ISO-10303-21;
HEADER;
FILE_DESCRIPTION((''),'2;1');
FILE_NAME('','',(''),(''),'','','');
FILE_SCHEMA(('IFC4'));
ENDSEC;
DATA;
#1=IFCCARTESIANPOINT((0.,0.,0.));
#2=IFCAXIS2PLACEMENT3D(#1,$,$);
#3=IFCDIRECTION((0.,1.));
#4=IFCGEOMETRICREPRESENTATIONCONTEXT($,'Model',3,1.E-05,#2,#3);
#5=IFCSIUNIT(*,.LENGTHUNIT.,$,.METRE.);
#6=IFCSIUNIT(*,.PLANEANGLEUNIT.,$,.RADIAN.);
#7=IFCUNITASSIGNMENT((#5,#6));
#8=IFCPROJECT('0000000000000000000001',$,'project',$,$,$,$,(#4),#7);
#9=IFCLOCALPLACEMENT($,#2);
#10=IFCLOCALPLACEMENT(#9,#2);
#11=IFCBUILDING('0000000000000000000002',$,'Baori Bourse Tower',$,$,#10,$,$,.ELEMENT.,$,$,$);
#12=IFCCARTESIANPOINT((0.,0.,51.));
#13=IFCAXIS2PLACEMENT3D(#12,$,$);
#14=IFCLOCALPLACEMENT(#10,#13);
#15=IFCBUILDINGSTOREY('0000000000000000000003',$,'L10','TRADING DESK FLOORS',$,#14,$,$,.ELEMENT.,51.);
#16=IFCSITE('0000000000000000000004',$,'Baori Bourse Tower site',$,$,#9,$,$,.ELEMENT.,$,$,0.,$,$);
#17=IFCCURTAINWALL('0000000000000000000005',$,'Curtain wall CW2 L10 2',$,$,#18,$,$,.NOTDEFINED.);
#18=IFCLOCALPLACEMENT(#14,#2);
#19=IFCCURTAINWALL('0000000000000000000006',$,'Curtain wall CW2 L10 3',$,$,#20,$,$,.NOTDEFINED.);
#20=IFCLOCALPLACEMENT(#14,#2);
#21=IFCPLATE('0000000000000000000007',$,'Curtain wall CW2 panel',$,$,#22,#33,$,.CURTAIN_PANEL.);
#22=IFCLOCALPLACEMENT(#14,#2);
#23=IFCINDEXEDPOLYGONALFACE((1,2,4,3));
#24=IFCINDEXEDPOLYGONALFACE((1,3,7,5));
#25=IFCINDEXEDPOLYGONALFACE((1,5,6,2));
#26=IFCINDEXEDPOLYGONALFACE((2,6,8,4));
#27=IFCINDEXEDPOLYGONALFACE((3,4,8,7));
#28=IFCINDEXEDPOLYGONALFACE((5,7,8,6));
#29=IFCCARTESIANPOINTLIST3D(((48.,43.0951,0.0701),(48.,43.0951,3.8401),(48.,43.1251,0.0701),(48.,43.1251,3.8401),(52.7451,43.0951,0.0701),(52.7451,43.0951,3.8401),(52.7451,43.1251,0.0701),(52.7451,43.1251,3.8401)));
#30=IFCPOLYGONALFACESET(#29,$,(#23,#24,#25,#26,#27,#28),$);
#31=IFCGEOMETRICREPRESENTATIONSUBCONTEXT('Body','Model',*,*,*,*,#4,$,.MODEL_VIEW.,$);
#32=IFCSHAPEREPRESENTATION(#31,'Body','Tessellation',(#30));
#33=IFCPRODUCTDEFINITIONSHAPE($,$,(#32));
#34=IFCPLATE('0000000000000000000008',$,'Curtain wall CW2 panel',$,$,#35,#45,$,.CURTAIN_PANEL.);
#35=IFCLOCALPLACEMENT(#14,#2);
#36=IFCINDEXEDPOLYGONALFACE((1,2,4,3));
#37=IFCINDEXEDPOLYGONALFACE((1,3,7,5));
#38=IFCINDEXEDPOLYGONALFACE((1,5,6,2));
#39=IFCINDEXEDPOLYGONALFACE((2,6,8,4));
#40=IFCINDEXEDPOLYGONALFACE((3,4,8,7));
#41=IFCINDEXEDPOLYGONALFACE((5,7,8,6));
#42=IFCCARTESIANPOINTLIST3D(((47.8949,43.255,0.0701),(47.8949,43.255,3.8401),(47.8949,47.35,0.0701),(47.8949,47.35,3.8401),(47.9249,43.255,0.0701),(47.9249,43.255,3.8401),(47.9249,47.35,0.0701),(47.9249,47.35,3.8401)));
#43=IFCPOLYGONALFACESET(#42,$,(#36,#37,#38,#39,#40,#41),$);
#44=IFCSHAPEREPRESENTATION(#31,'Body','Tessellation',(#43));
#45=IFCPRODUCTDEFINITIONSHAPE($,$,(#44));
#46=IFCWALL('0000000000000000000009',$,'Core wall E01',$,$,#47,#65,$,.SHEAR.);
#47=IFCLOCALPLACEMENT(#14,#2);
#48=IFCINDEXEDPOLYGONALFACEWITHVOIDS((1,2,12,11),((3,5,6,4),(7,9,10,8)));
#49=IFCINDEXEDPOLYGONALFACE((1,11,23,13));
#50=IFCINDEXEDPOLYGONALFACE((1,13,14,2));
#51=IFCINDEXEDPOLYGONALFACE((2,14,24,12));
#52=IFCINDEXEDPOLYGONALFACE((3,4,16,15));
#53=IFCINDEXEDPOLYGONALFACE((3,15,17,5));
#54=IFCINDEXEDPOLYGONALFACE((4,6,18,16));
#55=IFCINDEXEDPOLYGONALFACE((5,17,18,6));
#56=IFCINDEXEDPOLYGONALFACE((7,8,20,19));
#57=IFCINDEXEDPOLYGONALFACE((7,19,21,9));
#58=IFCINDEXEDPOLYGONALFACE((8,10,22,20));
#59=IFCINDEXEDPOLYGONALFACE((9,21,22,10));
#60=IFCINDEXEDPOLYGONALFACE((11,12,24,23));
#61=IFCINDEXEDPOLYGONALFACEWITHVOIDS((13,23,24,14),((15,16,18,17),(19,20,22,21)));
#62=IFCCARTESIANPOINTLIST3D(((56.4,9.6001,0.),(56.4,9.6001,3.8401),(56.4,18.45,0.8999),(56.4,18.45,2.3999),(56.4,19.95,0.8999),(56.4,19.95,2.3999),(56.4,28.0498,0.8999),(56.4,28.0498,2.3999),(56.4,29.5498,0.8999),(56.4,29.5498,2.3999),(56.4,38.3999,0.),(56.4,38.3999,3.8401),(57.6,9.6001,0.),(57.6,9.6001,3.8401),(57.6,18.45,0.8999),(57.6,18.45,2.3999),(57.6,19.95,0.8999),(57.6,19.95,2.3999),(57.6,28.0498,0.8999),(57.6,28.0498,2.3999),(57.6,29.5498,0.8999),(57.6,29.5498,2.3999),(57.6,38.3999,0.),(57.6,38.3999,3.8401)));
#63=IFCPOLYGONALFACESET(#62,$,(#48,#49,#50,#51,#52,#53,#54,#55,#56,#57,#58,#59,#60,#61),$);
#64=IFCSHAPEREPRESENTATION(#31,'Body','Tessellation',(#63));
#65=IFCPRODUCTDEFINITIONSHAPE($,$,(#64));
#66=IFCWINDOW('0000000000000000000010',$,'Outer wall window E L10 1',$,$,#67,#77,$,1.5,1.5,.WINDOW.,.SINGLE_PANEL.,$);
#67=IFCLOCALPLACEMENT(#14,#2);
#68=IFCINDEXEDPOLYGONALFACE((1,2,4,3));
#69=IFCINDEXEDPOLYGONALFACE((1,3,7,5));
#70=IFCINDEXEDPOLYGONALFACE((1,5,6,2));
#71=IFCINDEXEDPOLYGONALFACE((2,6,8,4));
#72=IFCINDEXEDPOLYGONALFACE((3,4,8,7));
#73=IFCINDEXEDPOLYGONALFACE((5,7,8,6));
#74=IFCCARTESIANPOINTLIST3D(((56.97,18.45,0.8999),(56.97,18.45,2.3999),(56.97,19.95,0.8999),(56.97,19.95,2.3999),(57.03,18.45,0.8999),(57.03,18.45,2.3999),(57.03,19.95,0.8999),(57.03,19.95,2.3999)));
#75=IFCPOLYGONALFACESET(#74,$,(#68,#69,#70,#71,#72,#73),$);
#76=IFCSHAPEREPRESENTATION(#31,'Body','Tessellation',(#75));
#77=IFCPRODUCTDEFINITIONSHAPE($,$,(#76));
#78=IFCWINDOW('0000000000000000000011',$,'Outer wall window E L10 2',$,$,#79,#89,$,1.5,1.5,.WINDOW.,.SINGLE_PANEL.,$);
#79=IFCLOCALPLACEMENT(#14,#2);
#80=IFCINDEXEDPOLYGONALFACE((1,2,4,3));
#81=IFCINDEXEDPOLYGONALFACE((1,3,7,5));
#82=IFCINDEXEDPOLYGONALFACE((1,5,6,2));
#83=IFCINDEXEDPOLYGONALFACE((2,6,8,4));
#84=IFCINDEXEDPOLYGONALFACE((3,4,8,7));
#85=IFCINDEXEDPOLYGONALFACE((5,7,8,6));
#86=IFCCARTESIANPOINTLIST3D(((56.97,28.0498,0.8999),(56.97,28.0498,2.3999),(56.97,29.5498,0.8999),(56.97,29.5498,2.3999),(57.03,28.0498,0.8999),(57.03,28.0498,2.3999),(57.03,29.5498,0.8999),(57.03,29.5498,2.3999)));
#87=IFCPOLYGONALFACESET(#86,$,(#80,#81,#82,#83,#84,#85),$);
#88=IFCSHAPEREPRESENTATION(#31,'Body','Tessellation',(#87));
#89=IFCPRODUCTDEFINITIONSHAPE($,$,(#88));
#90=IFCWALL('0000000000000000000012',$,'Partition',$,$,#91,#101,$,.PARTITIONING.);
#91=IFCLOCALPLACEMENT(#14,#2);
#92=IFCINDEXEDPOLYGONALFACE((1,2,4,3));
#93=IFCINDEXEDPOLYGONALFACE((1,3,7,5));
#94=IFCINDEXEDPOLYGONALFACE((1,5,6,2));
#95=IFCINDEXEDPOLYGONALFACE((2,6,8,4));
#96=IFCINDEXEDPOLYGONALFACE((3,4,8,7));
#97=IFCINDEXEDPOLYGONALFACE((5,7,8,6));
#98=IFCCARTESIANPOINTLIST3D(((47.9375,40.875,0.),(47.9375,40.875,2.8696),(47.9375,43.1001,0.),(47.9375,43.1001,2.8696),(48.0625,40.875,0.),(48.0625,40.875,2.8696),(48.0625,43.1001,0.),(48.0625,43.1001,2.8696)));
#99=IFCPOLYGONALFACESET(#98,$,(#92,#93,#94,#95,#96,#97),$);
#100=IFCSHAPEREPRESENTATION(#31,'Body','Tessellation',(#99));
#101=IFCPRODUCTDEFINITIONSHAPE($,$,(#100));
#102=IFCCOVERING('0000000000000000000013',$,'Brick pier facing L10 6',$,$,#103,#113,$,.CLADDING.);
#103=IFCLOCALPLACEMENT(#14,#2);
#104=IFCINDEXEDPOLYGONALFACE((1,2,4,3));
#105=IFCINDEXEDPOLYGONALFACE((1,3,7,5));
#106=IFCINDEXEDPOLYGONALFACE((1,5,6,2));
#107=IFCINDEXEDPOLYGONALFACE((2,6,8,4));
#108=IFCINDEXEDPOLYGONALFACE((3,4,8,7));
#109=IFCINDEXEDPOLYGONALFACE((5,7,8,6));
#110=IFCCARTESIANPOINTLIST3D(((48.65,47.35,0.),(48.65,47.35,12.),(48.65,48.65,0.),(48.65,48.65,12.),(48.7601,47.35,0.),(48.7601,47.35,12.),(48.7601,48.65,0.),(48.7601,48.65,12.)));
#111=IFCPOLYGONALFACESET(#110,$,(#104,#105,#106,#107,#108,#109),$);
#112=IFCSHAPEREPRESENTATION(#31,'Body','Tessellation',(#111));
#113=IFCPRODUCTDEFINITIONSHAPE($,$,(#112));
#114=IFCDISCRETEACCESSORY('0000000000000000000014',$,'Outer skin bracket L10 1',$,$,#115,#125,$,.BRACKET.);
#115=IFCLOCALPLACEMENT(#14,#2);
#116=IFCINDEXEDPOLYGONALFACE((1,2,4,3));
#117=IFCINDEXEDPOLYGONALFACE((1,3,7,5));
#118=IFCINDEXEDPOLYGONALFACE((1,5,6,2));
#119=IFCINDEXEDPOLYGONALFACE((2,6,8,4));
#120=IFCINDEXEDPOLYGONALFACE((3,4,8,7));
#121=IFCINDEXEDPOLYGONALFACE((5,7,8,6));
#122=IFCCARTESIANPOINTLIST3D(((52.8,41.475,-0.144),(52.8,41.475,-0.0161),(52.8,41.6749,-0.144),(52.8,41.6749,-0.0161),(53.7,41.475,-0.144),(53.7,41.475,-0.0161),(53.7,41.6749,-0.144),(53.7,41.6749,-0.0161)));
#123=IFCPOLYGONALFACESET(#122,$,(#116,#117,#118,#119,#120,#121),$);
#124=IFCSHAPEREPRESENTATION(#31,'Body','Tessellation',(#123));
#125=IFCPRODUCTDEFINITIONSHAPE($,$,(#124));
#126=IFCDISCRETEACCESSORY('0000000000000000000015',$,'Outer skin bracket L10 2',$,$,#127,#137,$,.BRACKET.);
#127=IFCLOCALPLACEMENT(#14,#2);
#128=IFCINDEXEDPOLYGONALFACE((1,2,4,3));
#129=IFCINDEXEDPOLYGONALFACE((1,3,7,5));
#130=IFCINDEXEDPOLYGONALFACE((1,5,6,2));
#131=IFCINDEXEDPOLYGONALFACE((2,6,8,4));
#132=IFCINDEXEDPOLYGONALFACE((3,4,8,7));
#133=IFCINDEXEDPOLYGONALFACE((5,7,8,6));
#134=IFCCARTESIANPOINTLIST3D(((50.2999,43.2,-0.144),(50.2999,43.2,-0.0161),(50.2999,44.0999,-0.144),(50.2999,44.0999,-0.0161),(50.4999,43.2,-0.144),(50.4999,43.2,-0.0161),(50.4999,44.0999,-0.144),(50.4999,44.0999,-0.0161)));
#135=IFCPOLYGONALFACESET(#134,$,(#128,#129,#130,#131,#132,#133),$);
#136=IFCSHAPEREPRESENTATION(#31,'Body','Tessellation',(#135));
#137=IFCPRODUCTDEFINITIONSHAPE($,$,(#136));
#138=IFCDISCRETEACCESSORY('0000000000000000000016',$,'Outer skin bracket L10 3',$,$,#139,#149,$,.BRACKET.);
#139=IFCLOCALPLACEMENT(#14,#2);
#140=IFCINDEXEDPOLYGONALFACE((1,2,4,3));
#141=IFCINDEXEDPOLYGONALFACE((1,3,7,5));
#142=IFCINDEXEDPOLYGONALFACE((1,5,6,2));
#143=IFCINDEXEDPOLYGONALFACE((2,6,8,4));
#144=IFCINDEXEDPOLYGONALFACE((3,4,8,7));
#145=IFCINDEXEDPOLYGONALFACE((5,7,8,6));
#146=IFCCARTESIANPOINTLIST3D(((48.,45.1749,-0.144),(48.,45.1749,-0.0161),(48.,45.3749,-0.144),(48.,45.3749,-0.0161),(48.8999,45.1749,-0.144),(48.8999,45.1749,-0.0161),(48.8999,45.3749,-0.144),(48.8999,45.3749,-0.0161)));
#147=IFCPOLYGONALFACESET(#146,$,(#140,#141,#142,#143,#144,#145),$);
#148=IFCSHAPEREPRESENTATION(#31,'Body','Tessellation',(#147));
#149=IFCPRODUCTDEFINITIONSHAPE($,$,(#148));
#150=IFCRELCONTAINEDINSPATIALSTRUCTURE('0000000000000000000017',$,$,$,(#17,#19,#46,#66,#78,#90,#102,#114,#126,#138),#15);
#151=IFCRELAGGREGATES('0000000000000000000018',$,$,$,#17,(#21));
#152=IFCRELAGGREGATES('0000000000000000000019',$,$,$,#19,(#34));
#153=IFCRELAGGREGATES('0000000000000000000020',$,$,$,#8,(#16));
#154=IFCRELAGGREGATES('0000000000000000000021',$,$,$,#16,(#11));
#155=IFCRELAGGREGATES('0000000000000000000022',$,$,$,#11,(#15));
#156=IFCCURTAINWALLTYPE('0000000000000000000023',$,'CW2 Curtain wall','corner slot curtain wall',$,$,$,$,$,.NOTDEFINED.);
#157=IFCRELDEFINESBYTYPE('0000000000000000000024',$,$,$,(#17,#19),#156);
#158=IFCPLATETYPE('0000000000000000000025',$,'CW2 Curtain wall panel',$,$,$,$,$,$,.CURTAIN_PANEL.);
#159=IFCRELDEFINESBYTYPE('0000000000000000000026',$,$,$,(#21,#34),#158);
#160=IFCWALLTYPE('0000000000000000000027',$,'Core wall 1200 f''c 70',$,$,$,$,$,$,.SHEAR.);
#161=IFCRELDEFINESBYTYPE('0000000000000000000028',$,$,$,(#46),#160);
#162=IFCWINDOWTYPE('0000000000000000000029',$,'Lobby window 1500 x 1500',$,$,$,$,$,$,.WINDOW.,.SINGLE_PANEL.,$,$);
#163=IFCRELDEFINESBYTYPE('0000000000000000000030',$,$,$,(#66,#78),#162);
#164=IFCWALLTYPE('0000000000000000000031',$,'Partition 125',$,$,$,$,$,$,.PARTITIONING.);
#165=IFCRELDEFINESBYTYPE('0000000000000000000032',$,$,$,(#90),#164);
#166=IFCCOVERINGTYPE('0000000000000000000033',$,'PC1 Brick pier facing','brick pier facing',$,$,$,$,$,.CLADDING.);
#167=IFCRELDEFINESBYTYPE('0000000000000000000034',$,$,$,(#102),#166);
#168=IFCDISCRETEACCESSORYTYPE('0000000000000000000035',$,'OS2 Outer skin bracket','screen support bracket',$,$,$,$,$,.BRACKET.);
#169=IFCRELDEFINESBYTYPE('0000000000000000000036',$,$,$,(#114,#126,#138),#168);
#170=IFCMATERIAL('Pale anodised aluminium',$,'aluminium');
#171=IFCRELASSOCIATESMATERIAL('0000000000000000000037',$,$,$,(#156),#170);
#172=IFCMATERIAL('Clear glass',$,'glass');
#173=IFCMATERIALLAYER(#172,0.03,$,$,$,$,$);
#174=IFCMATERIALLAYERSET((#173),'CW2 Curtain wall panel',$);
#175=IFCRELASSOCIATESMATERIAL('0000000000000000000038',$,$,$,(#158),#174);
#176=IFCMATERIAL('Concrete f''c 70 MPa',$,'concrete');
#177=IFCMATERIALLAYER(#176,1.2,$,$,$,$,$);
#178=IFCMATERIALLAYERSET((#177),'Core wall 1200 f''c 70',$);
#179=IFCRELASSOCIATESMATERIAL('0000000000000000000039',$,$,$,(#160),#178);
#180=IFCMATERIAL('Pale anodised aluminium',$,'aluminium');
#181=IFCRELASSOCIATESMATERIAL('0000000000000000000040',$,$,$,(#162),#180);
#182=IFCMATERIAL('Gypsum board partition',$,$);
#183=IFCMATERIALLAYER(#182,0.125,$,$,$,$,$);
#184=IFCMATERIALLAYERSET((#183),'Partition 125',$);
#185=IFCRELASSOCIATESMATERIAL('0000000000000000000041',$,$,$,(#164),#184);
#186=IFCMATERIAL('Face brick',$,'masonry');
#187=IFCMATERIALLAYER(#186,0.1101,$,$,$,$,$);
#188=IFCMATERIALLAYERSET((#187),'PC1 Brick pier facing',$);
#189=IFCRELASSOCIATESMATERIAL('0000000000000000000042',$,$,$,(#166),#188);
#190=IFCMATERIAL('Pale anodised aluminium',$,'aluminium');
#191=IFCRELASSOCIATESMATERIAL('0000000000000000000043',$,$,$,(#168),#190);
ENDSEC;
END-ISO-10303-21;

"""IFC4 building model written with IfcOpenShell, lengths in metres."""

from ifc_helpers import new_model, si_unit, direction, frame, frame_2d, origin, origin_2d, place, context, subcontext, project, spatial, rectangle, extrude, material, layer, layer_set, type_object, element, fill, aggregate, save


model = new_model("IFC4")

# Units and contexts
model_context = context("Model", 3, precision=1e-05, world=origin(), true_north=direction((0.0, 1.0)))
body_context = subcontext(model_context, "Body", "Model", "MODEL_VIEW")
ifc_project = project(units=[si_unit("LENGTHUNIT", "METRE"), si_unit("PLANEANGLEUNIT", "RADIAN")], contexts=[model_context])

# Site, building, storey
site_placement = place(None, origin())
site = spatial("IfcSite", under=ifc_project, at=site_placement, Name="Baori Bourse Tower site", CompositionType="ELEMENT", RefElevation=0.0)
building_placement = place(site_placement, origin())
building = spatial("IfcBuilding", under=site, at=building_placement, Name="Baori Bourse Tower", CompositionType="ELEMENT")
storey_placement = place(building_placement, frame((0.0, 0.0, 51.0)))
storey = spatial("IfcBuildingStorey", under=building, at=storey_placement, Name="L10", Description="TRADING DESK FLOORS", CompositionType="ELEMENT", Elevation=51.0)

# Curtain walls
ifc_material_1 = material(Name="Pale anodised aluminium", Category="aluminium")
curtain_wall_type_1 = type_object("IfcCurtainWallType", Name="CW2 Curtain wall", Description="corner slot curtain wall", PredefinedType="NOTDEFINED", material=ifc_material_1)
curtain_wall_1_placement = place(storey_placement, origin())
curtain_wall_1 = element("IfcCurtainWall", 1, at=curtain_wall_1_placement, inside=storey, type_object=curtain_wall_type_1, Name="Curtain wall CW2 L10 2", PredefinedType="NOTDEFINED")
curtain_wall_2_placement = place(storey_placement, origin())
curtain_wall_2 = element("IfcCurtainWall", 2, at=curtain_wall_2_placement, inside=storey, type_object=curtain_wall_type_1, Name="Curtain wall CW2 L10 3", PredefinedType="NOTDEFINED")

# Shared definitions
ifc_material_2 = material(Name="Clear glass", Category="glass")
ifc_layer_1 = layer(ifc_material_2, 0.03)
ifc_layer_set_1 = layer_set([ifc_layer_1], Name="CW2 Curtain wall panel")
plate_type_1 = type_object("IfcPlateType", Name="CW2 Curtain wall panel", PredefinedType="CURTAIN_PANEL", material=ifc_layer_set_1)

# Plates
plate_1_placement = place(storey_placement, frame((50.3726, 43.1101, 0.0701), z_axis=(0.0, 0.0, 1.0), x_axis=(-1.0, 0.0, 0.0)))
plate_1 = element("IfcPlate", 3, at=plate_1_placement, type_object=plate_type_1, Name="Curtain wall CW2 panel", PredefinedType="CURTAIN_PANEL", context=body_context, shape_type="SweptSolid", body=[
    extrude(rectangle(XDim=4.7451, YDim=0.03, at=origin_2d()), origin(), (0.0, 0.0, 1.0), 3.77),
])
aggregate(curtain_wall_1, [plate_1])
plate_2_placement = place(storey_placement, frame((47.9099, 45.3025, 0.0701), z_axis=(0.0, 0.0, 1.0), x_axis=(0.0, 1.0, 0.0)))
plate_2 = element("IfcPlate", 4, at=plate_2_placement, type_object=plate_type_1, Name="Curtain wall CW2 panel", PredefinedType="CURTAIN_PANEL", context=body_context, shape_type="SweptSolid", body=[
    extrude(rectangle(XDim=4.095, YDim=0.03, at=origin_2d()), origin(), (0.0, 0.0, 1.0), 3.77),
])
aggregate(curtain_wall_2, [plate_2])

# Wall, openings, windows
ifc_material_3 = material(Name="Concrete f'c 70 MPa", Category="concrete")
ifc_layer_2 = layer(ifc_material_3, 1.2)
ifc_layer_set_2 = layer_set([ifc_layer_2], Name="Core wall 1200 f'c 70")
wall_type_1 = type_object("IfcWallType", Name="Core wall 1200 f'c 70", PredefinedType="SHEAR", material=ifc_layer_set_2)
wall_1_placement = place(storey_placement, frame((57.0, 38.3999, 0.0), z_axis=(0.0, 0.0, 1.0), x_axis=(0.0, -1.0, 0.0)))
wall_1 = element("IfcWall", 5, at=wall_1_placement, inside=storey, type_object=wall_type_1, Name="Core wall E01", PredefinedType="SHEAR", context=body_context, shape_type="SweptSolid", body=[
    extrude(rectangle(XDim=28.7998, YDim=1.2, at=frame_2d((14.3999, 0.0))), origin(), (0.0, 0.0, 1.0), 3.8401),
])
opening_1_placement = place(wall_1_placement, frame((18.45, 0.0, 0.8999)))
opening_1 = element("IfcOpeningElement", 6, at=opening_1_placement, cuts=wall_1, PredefinedType="OPENING", context=body_context, shape_type="SweptSolid", body=[
    extrude(rectangle(XDim=1.5, YDim=1.5, at=frame_2d((0.75, 0.75))), frame((0.0, 0.6099, 0.0), z_axis=(0.0, -1.0, 0.0), x_axis=(1.0, 0.0, 0.0)), (0.0, 0.0, 1.0), 1.22),
])
opening_2_placement = place(wall_1_placement, frame((8.8501, 0.0, 0.8999)))
opening_2 = element("IfcOpeningElement", 7, at=opening_2_placement, cuts=wall_1, PredefinedType="OPENING", context=body_context, shape_type="SweptSolid", body=[
    extrude(rectangle(XDim=1.5, YDim=1.5, at=frame_2d((0.75, 0.75))), frame((0.0, 0.6099, 0.0), z_axis=(0.0, -1.0, 0.0), x_axis=(1.0, 0.0, 0.0)), (0.0, 0.0, 1.0), 1.22),
])
ifc_material_4 = material(Name="Pale anodised aluminium", Category="aluminium")
window_type = type_object("IfcWindowType", Name="Lobby window 1500 x 1500", PartitioningType="SINGLE_PANEL", PredefinedType="WINDOW", material=ifc_material_4)
window_1_placement = place(opening_1_placement, origin())
window_1 = element("IfcWindow", 8, at=window_1_placement, inside=storey, type_object=window_type, Name="Outer wall window E L10 1", OverallHeight=1.5, OverallWidth=1.5, PartitioningType="SINGLE_PANEL", PredefinedType="WINDOW", context=body_context, shape_type="SweptSolid", body=[
    extrude(rectangle(XDim=1.5, YDim=1.5, at=frame_2d((0.75, 0.75))), frame((0.0, 0.03, 0.0), z_axis=(0.0, -1.0, 0.0), x_axis=(1.0, 0.0, 0.0)), (0.0, 0.0, 1.0), 0.0601),
])
fill(opening_1, window_1)
window_2_placement = place(opening_2_placement, origin())
window_2 = element("IfcWindow", 9, at=window_2_placement, inside=storey, type_object=window_type, Name="Outer wall window E L10 2", OverallHeight=1.5, OverallWidth=1.5, PartitioningType="SINGLE_PANEL", PredefinedType="WINDOW", context=body_context, shape_type="SweptSolid", body=[
    extrude(rectangle(XDim=1.5, YDim=1.5, at=frame_2d((0.75, 0.75))), frame((0.0, 0.03, 0.0), z_axis=(0.0, -1.0, 0.0), x_axis=(1.0, 0.0, 0.0)), (0.0, 0.0, 1.0), 0.0601),
])
fill(opening_2, window_2)

# Wall
ifc_material_5 = material(Name="Gypsum board partition")
ifc_layer_3 = layer(ifc_material_5, 0.125)
ifc_layer_set_3 = layer_set([ifc_layer_3], Name="Partition 125")
wall_type_2 = type_object("IfcWallType", Name="Partition 125", PredefinedType="PARTITIONING", material=ifc_layer_set_3)
wall_2_placement = place(storey_placement, frame((48.0, 40.875, 0.0), z_axis=(0.0, 0.0, 1.0), x_axis=(0.0, 1.0, 0.0)))
element("IfcWall", 10, at=wall_2_placement, inside=storey, type_object=wall_type_2, Name="Partition", PredefinedType="PARTITIONING", context=body_context, shape_type="SweptSolid", body=[
    extrude(rectangle(XDim=2.2251, YDim=0.125, at=frame_2d((1.1125, 0.0))), origin(), (0.0, 0.0, 1.0), 2.8696),
])

# Covering
ifc_material_6 = material(Name="Face brick", Category="masonry")
ifc_layer_4 = layer(ifc_material_6, 0.1101)
ifc_layer_set_4 = layer_set([ifc_layer_4], Name="PC1 Brick pier facing")
covering_type = type_object("IfcCoveringType", Name="PC1 Brick pier facing", Description="brick pier facing", PredefinedType="CLADDING", material=ifc_layer_set_4)
covering_placement = place(storey_placement, frame((48.7051, 48.0, 0.0), z_axis=(0.0, 0.0, 1.0), x_axis=(1.0, 0.0, 0.0)))
element("IfcCovering", 11, at=covering_placement, inside=storey, type_object=covering_type, Name="Brick pier facing L10 6", PredefinedType="CLADDING", context=body_context, shape_type="SweptSolid", body=[
    extrude(rectangle(XDim=0.1101, YDim=1.3, at=origin_2d()), origin(), (0.0, 0.0, 1.0), 12.0),
])

# Discrete accessories
ifc_material_7 = material(Name="Pale anodised aluminium", Category="aluminium")
discrete_accessory_type = type_object("IfcDiscreteAccessoryType", Name="OS2 Outer skin bracket", Description="screen support bracket", PredefinedType="BRACKET", material=ifc_material_7)
for number, where, z_axis, x_axis, name in (
    (12, (53.25, 41.575, -0.144), (0.0, 0.0, 1.0), (0.0, 1.0, 0.0), "Outer skin bracket L10 1"),
    (13, (50.3999, 43.6499, -0.144), (0.0, 0.0, 1.0), (-1.0, 0.0, 0.0), "Outer skin bracket L10 2"),
    (14, (48.45, 45.2749, -0.144), (0.0, 0.0, 1.0), (0.0, 1.0, 0.0), "Outer skin bracket L10 3"),
):
    element("IfcDiscreteAccessory", number, at=place(storey_placement, frame(where, z_axis=z_axis, x_axis=x_axis)), inside=storey, type_object=discrete_accessory_type, Name=name, PredefinedType="BRACKET", context=body_context, shape_type="SweptSolid", body=[
        extrude(rectangle(XDim=0.2, YDim=0.8999, at=origin_2d()), origin(), (0.0, 0.0, 1.0), 0.1279),
    ])

save(model, "model.ifc")
